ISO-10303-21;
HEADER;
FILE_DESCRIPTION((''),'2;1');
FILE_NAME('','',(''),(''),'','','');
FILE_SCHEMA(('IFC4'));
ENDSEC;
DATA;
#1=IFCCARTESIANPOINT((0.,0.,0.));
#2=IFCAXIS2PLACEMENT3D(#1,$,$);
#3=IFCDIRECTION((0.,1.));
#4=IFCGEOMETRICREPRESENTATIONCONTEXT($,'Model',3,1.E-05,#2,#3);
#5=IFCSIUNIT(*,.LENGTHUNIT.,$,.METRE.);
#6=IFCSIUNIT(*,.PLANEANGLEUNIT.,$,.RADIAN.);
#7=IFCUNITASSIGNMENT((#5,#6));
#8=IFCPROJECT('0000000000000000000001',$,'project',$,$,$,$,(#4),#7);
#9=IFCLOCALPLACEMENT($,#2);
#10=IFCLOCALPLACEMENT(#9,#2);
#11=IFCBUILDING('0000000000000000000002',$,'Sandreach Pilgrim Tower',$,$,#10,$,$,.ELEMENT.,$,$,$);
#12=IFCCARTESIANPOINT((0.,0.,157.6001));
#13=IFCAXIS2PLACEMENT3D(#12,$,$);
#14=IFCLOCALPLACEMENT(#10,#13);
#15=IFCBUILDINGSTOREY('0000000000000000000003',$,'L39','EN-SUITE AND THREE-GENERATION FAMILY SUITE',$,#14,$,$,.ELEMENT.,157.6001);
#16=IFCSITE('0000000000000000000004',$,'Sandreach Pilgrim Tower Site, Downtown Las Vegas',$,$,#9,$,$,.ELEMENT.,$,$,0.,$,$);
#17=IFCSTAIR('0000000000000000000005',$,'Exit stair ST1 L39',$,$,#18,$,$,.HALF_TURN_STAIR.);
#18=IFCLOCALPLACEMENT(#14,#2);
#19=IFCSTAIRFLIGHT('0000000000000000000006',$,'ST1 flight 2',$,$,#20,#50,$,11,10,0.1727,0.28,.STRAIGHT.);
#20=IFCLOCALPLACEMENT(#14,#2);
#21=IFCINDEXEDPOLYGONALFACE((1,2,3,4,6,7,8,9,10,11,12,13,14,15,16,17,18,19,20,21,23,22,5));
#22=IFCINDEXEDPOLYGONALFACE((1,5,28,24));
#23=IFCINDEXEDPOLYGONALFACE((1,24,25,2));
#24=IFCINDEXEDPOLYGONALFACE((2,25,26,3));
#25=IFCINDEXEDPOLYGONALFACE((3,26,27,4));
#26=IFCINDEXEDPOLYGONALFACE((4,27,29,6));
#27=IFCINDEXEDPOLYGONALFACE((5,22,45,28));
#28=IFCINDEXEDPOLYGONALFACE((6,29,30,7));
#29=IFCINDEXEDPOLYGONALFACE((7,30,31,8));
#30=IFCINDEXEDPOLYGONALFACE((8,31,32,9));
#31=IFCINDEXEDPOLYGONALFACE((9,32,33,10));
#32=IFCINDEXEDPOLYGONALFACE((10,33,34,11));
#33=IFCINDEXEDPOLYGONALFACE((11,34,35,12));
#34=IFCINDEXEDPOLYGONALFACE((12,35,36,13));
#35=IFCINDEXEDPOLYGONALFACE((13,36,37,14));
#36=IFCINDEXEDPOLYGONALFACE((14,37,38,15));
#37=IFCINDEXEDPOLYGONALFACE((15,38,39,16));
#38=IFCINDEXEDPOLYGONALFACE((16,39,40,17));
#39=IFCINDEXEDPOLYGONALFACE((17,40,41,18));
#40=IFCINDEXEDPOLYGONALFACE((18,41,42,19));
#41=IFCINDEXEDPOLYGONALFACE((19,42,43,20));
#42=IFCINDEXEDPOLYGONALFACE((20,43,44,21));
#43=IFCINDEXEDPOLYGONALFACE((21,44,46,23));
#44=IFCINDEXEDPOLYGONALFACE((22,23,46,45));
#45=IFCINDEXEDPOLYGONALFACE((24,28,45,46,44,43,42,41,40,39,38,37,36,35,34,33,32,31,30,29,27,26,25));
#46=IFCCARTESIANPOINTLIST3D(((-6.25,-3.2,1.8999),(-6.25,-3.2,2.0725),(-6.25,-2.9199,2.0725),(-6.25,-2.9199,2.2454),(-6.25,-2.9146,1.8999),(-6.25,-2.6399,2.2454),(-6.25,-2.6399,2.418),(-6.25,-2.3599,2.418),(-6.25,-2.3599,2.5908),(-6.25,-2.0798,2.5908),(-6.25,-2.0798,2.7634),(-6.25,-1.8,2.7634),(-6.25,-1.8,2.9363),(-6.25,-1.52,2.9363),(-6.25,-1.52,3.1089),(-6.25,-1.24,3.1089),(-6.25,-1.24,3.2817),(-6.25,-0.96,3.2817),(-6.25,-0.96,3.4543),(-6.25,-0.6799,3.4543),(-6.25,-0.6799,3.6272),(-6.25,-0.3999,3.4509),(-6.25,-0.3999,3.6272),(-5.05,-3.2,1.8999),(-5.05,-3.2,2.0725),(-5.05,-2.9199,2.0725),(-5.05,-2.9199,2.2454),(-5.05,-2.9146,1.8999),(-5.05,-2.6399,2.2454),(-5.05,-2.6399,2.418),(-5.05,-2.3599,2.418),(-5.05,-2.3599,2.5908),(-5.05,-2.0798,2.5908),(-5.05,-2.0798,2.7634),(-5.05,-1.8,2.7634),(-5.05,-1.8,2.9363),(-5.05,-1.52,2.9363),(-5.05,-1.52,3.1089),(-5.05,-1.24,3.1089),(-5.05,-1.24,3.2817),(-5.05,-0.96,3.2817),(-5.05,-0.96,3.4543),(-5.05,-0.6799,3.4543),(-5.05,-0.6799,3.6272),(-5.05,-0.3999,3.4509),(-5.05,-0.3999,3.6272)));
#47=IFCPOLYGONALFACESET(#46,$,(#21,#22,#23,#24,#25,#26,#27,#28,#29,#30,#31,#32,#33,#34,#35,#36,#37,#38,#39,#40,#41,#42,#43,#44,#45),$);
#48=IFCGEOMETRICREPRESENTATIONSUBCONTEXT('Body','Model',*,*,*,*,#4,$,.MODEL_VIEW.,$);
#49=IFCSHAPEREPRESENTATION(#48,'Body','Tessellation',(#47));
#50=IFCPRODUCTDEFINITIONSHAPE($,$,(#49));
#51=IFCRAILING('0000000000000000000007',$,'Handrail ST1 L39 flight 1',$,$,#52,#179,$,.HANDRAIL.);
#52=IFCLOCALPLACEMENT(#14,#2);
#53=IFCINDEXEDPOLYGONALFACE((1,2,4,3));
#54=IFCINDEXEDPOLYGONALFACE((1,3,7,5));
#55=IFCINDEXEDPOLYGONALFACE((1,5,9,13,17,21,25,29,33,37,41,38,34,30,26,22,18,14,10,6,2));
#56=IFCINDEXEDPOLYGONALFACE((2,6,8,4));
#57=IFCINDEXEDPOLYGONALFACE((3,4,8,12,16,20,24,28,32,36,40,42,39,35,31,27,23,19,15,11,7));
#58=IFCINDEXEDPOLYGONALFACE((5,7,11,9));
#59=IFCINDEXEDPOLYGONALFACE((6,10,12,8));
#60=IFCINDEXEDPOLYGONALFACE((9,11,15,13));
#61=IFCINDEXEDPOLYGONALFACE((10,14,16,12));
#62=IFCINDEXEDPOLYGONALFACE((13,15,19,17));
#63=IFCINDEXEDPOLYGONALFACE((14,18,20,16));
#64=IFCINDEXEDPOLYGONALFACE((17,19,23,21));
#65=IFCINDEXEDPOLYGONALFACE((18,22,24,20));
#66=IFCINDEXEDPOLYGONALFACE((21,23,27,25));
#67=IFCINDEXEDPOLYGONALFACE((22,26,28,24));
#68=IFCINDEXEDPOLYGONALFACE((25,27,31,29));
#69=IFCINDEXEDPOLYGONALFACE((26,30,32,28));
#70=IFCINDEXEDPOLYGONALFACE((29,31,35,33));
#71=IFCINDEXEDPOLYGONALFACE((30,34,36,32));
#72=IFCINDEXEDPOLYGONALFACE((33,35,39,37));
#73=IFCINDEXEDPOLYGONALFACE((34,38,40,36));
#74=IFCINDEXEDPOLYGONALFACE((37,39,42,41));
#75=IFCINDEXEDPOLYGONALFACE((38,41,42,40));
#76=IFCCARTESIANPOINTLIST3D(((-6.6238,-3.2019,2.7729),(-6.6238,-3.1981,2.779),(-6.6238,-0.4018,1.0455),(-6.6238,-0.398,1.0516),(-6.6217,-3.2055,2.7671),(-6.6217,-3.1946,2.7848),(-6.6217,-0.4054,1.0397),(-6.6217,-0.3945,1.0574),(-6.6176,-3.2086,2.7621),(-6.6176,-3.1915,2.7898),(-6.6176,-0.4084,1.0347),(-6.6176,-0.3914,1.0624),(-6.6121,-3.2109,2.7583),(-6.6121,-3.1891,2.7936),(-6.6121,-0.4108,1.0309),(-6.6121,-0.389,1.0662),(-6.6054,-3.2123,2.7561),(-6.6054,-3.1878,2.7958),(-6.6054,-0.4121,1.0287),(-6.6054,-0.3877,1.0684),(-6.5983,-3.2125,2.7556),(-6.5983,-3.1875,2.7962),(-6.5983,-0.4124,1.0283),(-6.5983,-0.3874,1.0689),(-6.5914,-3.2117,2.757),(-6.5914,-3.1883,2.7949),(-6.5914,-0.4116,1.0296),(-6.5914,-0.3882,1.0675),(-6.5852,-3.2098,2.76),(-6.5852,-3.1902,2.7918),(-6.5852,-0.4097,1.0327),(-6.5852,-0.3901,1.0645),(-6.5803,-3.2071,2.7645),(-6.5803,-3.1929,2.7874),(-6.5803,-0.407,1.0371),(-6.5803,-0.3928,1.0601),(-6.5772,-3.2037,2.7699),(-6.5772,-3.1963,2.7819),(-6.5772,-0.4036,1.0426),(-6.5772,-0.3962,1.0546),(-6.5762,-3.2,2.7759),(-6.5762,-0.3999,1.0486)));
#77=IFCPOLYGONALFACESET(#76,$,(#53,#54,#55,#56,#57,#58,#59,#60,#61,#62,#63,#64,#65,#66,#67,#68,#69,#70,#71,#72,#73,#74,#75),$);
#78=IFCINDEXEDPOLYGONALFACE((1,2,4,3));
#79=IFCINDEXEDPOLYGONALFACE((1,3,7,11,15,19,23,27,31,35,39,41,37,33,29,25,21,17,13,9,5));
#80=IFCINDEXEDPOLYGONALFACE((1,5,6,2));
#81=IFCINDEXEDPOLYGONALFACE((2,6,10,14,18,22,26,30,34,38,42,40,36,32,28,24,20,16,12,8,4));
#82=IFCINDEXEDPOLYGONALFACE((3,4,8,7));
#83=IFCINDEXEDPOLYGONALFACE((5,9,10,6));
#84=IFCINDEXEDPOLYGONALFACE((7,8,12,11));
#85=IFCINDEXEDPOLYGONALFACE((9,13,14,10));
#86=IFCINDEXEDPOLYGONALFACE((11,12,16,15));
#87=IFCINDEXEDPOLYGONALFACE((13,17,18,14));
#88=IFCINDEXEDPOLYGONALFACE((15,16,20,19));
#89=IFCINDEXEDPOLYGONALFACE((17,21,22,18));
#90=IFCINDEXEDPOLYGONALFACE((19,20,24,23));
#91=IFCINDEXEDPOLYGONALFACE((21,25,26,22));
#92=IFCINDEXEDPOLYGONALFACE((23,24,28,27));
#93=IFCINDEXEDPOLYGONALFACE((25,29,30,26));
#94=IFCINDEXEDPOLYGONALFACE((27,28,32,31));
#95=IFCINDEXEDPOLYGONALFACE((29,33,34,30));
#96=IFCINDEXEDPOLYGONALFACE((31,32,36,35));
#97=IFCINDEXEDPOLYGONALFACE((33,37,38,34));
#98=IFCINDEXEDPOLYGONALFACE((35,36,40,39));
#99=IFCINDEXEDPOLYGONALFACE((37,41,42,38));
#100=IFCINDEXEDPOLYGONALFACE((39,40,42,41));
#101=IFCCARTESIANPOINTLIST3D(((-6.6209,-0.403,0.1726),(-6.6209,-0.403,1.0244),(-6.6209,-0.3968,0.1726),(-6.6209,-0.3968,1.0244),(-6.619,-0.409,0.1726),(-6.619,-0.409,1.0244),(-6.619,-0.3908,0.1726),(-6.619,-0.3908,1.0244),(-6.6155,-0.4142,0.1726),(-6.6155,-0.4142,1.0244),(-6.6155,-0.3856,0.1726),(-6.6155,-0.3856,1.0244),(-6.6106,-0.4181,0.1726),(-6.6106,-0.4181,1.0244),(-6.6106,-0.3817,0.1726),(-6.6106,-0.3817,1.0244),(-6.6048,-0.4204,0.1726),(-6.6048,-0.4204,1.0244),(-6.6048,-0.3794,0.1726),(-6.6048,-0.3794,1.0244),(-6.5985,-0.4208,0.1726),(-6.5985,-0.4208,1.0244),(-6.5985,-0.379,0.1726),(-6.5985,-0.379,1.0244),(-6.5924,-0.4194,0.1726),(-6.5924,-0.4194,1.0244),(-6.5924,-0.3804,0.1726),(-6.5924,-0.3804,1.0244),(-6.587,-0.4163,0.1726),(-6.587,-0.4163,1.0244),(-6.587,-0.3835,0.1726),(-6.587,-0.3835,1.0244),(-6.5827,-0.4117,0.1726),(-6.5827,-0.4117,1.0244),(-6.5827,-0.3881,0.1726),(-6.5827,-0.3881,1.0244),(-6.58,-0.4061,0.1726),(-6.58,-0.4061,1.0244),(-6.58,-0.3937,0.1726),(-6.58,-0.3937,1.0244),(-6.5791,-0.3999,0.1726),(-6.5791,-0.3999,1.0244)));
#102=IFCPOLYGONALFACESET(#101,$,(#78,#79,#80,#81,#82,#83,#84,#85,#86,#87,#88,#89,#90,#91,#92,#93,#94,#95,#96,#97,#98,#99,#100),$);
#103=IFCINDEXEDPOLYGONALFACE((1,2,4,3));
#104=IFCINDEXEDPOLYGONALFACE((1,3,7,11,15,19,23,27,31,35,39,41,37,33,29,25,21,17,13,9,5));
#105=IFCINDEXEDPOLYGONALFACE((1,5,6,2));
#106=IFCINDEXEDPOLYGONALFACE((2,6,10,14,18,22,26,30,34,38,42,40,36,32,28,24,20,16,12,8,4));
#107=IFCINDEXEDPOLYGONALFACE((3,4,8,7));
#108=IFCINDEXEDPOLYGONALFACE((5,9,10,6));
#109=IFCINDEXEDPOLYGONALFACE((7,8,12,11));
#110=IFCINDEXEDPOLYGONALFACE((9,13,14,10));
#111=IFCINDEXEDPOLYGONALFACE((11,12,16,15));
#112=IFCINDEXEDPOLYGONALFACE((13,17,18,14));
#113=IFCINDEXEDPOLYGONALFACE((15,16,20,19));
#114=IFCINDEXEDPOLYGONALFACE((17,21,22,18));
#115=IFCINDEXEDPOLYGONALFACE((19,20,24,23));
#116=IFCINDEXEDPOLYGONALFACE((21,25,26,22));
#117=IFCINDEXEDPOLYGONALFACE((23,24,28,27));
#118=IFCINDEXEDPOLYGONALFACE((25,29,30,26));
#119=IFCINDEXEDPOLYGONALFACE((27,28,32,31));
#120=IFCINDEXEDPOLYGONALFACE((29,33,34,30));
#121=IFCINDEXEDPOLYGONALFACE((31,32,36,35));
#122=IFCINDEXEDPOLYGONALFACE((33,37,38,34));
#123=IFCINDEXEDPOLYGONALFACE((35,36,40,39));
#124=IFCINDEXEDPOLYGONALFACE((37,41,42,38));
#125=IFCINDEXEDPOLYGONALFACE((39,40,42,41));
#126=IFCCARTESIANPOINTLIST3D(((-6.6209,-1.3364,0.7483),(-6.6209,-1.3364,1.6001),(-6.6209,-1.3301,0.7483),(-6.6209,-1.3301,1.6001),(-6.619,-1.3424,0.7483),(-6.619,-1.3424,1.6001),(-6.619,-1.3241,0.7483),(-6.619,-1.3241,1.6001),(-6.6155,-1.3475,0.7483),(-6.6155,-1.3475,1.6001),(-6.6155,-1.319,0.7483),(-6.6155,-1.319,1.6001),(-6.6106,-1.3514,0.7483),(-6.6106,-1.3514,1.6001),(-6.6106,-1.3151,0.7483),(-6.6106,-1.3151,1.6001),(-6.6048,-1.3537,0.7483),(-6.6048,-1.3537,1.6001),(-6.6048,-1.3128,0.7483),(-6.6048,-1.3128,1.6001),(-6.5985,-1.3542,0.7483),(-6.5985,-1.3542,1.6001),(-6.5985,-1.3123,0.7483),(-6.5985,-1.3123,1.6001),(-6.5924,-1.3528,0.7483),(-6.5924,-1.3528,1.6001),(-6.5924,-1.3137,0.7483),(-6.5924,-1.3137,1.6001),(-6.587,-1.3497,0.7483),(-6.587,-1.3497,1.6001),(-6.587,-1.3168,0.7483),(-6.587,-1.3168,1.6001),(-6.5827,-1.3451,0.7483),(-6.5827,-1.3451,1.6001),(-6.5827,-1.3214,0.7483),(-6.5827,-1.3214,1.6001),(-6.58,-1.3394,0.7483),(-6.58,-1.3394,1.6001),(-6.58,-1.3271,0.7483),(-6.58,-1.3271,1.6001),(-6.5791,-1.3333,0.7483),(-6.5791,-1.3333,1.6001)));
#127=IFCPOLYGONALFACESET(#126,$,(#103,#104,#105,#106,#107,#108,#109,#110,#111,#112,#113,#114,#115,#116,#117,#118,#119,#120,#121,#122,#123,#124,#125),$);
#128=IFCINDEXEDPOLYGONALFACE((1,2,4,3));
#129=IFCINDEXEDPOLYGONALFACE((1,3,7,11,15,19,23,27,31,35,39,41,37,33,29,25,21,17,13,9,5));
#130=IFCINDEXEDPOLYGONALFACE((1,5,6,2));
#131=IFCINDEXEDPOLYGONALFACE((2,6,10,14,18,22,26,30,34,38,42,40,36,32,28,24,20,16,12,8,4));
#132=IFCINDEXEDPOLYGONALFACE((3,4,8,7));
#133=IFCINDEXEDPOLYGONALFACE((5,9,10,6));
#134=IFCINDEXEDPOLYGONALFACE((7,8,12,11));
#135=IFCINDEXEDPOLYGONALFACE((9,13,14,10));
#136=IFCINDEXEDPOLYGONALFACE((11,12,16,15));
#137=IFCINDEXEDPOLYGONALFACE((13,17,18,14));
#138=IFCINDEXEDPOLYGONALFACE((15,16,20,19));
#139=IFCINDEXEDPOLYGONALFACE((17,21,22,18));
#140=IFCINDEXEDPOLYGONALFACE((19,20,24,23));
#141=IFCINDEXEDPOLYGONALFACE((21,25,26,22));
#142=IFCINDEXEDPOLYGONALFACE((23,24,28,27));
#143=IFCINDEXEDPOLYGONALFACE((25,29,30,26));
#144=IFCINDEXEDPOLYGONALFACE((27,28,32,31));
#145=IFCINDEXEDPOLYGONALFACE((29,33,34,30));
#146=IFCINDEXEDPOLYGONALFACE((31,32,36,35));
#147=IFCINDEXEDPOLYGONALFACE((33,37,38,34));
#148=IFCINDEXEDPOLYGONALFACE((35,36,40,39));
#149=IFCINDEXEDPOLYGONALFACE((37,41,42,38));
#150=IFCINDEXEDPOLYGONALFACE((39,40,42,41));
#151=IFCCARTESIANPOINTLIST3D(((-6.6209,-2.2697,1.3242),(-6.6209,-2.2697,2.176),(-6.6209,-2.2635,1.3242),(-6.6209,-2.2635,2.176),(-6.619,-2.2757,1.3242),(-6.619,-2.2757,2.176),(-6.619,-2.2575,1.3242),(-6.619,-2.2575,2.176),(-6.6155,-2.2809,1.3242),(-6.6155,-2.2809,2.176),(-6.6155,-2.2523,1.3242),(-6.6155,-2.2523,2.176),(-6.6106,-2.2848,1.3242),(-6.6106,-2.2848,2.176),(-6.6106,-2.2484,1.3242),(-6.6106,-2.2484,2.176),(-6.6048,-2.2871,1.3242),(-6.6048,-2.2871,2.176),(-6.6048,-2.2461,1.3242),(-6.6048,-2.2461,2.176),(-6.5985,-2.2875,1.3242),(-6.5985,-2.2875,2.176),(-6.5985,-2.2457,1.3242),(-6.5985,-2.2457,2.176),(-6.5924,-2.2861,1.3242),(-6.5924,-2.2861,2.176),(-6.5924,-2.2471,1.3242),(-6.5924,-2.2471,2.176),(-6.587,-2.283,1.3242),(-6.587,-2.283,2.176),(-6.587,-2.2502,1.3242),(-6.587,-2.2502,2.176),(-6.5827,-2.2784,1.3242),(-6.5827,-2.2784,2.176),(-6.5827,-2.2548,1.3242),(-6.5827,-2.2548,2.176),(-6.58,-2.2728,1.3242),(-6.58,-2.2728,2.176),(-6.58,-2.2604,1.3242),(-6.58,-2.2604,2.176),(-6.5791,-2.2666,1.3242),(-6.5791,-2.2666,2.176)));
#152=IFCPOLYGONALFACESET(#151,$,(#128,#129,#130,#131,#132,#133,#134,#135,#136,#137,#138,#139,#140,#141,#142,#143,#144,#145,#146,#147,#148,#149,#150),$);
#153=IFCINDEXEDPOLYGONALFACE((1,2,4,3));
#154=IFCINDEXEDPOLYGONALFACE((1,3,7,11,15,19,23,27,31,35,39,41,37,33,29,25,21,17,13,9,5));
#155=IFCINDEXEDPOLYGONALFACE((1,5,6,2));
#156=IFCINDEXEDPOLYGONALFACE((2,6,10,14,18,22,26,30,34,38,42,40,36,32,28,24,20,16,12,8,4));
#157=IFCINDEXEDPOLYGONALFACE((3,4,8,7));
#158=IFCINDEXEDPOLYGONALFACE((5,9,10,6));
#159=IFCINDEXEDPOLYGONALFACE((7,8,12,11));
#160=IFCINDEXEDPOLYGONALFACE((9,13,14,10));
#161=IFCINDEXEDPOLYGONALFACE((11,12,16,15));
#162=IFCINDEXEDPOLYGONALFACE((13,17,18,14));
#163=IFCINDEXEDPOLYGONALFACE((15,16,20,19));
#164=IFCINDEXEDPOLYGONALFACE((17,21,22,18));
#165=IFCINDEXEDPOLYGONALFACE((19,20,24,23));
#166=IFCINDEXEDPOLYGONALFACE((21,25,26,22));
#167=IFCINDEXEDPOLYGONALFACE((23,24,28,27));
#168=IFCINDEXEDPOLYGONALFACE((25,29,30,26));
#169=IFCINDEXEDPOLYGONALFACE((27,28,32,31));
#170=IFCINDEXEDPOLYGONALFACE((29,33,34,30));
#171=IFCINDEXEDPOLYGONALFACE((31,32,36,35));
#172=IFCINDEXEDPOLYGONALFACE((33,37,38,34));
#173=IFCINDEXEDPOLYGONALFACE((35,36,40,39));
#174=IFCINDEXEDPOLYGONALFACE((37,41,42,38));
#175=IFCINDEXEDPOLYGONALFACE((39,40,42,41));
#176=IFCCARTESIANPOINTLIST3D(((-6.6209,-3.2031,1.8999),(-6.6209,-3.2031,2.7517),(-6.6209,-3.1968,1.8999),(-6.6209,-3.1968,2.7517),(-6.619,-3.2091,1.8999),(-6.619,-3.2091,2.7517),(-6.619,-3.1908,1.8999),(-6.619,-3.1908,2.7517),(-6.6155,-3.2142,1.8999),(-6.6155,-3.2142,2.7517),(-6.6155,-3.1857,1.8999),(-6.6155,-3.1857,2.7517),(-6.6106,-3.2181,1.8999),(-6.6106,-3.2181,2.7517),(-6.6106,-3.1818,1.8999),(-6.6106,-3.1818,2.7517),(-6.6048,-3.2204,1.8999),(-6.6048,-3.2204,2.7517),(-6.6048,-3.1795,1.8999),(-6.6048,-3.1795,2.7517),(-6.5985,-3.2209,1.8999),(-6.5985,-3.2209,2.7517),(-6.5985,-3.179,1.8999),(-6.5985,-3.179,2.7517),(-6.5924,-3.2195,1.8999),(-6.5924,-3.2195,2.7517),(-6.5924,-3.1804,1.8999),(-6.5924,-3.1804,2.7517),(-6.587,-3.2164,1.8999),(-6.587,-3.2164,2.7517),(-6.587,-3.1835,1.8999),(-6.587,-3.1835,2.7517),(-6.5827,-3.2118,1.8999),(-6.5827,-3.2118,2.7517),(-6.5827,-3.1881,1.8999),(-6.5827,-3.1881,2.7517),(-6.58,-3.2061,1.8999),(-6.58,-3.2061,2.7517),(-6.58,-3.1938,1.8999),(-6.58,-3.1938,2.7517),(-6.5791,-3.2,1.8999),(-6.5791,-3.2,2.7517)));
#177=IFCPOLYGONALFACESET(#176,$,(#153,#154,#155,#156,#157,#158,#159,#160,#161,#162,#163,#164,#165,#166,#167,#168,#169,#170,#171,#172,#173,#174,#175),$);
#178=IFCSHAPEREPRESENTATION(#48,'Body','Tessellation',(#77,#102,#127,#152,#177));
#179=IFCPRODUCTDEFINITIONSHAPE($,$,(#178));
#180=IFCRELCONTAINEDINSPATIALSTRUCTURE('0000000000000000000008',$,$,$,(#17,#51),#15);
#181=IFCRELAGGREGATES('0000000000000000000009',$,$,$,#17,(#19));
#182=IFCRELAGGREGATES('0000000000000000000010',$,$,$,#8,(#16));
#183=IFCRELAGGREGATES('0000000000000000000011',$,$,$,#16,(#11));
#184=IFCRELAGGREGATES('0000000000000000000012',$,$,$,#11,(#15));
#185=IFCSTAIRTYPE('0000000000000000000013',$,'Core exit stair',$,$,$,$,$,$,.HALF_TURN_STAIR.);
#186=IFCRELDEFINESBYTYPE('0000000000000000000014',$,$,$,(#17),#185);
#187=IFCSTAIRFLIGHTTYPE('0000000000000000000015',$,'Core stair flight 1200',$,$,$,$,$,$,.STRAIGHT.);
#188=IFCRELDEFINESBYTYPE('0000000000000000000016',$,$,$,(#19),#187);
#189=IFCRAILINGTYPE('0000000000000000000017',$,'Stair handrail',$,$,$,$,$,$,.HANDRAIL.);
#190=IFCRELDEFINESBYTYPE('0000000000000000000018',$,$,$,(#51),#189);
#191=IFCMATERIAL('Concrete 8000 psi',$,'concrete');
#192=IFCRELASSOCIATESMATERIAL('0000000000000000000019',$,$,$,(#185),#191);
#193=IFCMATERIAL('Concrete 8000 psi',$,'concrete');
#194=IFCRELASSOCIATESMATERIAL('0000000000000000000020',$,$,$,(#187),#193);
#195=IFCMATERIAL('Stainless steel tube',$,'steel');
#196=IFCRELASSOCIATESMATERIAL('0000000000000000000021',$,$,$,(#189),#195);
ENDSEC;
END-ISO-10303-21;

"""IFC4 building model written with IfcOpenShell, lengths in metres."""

from ifc_helpers import new_model, si_unit, direction, frame, origin, origin_2d, place, context, subcontext, project, spatial, polyline, circle, outline, extrude, material, type_object, element, aggregate, save


model = new_model("IFC4")

# Units and contexts
model_context = context("Model", 3, precision=1e-05, world=origin(), true_north=direction((0.0, 1.0)))
body_context = subcontext(model_context, "Body", "Model", "MODEL_VIEW")
ifc_project = project(units=[si_unit("LENGTHUNIT", "METRE"), si_unit("PLANEANGLEUNIT", "RADIAN")], contexts=[model_context])

# Site, building, storey
site_placement = place(None, origin())
site = spatial("IfcSite", under=ifc_project, at=site_placement, Name="Sandreach Pilgrim Tower Site, Downtown Las Vegas", CompositionType="ELEMENT", RefElevation=0.0)
building_placement = place(site_placement, origin())
building = spatial("IfcBuilding", under=site, at=building_placement, Name="Sandreach Pilgrim Tower", CompositionType="ELEMENT")
storey_placement = place(building_placement, frame((0.0, 0.0, 157.6001)))
storey = spatial("IfcBuildingStorey", under=building, at=storey_placement, Name="L39", Description="EN-SUITE AND THREE-GENERATION FAMILY SUITE", CompositionType="ELEMENT", Elevation=157.6001)

# Stair, stair flight
ifc_material_1 = material(Name="Concrete 8000 psi", Category="concrete")
stair_type = type_object("IfcStairType", Name="Core exit stair", PredefinedType="HALF_TURN_STAIR", material=ifc_material_1)
stair_placement = place(storey_placement, origin())
stair = element("IfcStair", 1, at=stair_placement, inside=storey, type_object=stair_type, Name="Exit stair ST1 L39", PredefinedType="HALF_TURN_STAIR")
ifc_material_2 = material(Name="Concrete 8000 psi", Category="concrete")
stair_flight_type = type_object("IfcStairFlightType", Name="Core stair flight 1200", PredefinedType="STRAIGHT", material=ifc_material_2)
stair_flight_1_placement = place(storey_placement, frame((-5.6499, -3.2, 1.8999), z_axis=(0.0, 0.0, 1.0), x_axis=(0.0, 1.0, 0.0)))
stair_flight_1 = element("IfcStairFlight", 2, at=stair_flight_1_placement, type_object=stair_flight_type, Name="ST1 flight 2", NumberOfRisers=11, NumberOfTreads=10, PredefinedType="STRAIGHT", RiserHeight=0.1727, TreadLength=0.28, context=body_context, shape_type="SweptSolid", body=[
    extrude(outline(polyline([(0.0, 0.0), (0.0, 0.1726), (0.28, 0.1726), (0.28, 0.3455), (0.5601, 0.3455), (0.5601, 0.5181), (0.8401, 0.5181), (0.8401, 0.6909), (1.1201, 0.6909), (1.1201, 0.8635), (1.3999, 0.8635), (1.3999, 1.0364), (1.6799, 1.0364), (1.6799, 1.209), (1.96, 1.209), (1.96, 1.3818), (2.24, 1.3818), (2.24, 1.5544), (2.52, 1.5544), (2.52, 1.7273), (2.8, 1.7273), (2.8, 1.8999), (2.8, 1.551), (0.2854, 0.0), (0.0, 0.0)])), frame((0.0, 0.6001, 0.0), z_axis=(0.0, -1.0, 0.0), x_axis=(1.0, 0.0, 0.0)), (0.0, 0.0, 1.0), 1.2),
])
aggregate(stair, [stair_flight_1])

# Railing
ifc_material_3 = material(Name="Stainless steel tube", Category="steel")
railing_type = type_object("IfcRailingType", Name="Stair handrail", PredefinedType="HANDRAIL", material=ifc_material_3)
for number, where, name in (
    (3, (-6.6001, -0.3999, 0.1726), "Handrail ST1 L39 flight 1"),
):
    element("IfcRailing", number, at=place(storey_placement, frame(where)), inside=storey, type_object=railing_type, Name=name, PredefinedType="HANDRAIL", context=body_context, shape_type="SweptSolid", body=[
        extrude(circle(Radius=0.0239, at=origin_2d()), frame((0.0, 0.0, 0.876), z_axis=(0.0, -0.85109, 0.52502), x_axis=(1.0, 0.0, 0.0)), (0.0, 0.0, 1.0), 3.29),
        extrude(circle(Radius=0.021, at=origin_2d()), origin(), (0.0, 0.0, 1.0), 0.8518),
        extrude(circle(Radius=0.021, at=origin_2d()), frame((0.0, -0.9333, 0.5757)), (0.0, 0.0, 1.0), 0.8518),
        extrude(circle(Radius=0.021, at=origin_2d()), frame((0.0, -1.8667, 1.1516)), (0.0, 0.0, 1.0), 0.8518),
        extrude(circle(Radius=0.021, at=origin_2d()), frame((0.0, -2.8, 1.7273)), (0.0, 0.0, 1.0), 0.8518),
    ])

save(model, "model.ifc")
